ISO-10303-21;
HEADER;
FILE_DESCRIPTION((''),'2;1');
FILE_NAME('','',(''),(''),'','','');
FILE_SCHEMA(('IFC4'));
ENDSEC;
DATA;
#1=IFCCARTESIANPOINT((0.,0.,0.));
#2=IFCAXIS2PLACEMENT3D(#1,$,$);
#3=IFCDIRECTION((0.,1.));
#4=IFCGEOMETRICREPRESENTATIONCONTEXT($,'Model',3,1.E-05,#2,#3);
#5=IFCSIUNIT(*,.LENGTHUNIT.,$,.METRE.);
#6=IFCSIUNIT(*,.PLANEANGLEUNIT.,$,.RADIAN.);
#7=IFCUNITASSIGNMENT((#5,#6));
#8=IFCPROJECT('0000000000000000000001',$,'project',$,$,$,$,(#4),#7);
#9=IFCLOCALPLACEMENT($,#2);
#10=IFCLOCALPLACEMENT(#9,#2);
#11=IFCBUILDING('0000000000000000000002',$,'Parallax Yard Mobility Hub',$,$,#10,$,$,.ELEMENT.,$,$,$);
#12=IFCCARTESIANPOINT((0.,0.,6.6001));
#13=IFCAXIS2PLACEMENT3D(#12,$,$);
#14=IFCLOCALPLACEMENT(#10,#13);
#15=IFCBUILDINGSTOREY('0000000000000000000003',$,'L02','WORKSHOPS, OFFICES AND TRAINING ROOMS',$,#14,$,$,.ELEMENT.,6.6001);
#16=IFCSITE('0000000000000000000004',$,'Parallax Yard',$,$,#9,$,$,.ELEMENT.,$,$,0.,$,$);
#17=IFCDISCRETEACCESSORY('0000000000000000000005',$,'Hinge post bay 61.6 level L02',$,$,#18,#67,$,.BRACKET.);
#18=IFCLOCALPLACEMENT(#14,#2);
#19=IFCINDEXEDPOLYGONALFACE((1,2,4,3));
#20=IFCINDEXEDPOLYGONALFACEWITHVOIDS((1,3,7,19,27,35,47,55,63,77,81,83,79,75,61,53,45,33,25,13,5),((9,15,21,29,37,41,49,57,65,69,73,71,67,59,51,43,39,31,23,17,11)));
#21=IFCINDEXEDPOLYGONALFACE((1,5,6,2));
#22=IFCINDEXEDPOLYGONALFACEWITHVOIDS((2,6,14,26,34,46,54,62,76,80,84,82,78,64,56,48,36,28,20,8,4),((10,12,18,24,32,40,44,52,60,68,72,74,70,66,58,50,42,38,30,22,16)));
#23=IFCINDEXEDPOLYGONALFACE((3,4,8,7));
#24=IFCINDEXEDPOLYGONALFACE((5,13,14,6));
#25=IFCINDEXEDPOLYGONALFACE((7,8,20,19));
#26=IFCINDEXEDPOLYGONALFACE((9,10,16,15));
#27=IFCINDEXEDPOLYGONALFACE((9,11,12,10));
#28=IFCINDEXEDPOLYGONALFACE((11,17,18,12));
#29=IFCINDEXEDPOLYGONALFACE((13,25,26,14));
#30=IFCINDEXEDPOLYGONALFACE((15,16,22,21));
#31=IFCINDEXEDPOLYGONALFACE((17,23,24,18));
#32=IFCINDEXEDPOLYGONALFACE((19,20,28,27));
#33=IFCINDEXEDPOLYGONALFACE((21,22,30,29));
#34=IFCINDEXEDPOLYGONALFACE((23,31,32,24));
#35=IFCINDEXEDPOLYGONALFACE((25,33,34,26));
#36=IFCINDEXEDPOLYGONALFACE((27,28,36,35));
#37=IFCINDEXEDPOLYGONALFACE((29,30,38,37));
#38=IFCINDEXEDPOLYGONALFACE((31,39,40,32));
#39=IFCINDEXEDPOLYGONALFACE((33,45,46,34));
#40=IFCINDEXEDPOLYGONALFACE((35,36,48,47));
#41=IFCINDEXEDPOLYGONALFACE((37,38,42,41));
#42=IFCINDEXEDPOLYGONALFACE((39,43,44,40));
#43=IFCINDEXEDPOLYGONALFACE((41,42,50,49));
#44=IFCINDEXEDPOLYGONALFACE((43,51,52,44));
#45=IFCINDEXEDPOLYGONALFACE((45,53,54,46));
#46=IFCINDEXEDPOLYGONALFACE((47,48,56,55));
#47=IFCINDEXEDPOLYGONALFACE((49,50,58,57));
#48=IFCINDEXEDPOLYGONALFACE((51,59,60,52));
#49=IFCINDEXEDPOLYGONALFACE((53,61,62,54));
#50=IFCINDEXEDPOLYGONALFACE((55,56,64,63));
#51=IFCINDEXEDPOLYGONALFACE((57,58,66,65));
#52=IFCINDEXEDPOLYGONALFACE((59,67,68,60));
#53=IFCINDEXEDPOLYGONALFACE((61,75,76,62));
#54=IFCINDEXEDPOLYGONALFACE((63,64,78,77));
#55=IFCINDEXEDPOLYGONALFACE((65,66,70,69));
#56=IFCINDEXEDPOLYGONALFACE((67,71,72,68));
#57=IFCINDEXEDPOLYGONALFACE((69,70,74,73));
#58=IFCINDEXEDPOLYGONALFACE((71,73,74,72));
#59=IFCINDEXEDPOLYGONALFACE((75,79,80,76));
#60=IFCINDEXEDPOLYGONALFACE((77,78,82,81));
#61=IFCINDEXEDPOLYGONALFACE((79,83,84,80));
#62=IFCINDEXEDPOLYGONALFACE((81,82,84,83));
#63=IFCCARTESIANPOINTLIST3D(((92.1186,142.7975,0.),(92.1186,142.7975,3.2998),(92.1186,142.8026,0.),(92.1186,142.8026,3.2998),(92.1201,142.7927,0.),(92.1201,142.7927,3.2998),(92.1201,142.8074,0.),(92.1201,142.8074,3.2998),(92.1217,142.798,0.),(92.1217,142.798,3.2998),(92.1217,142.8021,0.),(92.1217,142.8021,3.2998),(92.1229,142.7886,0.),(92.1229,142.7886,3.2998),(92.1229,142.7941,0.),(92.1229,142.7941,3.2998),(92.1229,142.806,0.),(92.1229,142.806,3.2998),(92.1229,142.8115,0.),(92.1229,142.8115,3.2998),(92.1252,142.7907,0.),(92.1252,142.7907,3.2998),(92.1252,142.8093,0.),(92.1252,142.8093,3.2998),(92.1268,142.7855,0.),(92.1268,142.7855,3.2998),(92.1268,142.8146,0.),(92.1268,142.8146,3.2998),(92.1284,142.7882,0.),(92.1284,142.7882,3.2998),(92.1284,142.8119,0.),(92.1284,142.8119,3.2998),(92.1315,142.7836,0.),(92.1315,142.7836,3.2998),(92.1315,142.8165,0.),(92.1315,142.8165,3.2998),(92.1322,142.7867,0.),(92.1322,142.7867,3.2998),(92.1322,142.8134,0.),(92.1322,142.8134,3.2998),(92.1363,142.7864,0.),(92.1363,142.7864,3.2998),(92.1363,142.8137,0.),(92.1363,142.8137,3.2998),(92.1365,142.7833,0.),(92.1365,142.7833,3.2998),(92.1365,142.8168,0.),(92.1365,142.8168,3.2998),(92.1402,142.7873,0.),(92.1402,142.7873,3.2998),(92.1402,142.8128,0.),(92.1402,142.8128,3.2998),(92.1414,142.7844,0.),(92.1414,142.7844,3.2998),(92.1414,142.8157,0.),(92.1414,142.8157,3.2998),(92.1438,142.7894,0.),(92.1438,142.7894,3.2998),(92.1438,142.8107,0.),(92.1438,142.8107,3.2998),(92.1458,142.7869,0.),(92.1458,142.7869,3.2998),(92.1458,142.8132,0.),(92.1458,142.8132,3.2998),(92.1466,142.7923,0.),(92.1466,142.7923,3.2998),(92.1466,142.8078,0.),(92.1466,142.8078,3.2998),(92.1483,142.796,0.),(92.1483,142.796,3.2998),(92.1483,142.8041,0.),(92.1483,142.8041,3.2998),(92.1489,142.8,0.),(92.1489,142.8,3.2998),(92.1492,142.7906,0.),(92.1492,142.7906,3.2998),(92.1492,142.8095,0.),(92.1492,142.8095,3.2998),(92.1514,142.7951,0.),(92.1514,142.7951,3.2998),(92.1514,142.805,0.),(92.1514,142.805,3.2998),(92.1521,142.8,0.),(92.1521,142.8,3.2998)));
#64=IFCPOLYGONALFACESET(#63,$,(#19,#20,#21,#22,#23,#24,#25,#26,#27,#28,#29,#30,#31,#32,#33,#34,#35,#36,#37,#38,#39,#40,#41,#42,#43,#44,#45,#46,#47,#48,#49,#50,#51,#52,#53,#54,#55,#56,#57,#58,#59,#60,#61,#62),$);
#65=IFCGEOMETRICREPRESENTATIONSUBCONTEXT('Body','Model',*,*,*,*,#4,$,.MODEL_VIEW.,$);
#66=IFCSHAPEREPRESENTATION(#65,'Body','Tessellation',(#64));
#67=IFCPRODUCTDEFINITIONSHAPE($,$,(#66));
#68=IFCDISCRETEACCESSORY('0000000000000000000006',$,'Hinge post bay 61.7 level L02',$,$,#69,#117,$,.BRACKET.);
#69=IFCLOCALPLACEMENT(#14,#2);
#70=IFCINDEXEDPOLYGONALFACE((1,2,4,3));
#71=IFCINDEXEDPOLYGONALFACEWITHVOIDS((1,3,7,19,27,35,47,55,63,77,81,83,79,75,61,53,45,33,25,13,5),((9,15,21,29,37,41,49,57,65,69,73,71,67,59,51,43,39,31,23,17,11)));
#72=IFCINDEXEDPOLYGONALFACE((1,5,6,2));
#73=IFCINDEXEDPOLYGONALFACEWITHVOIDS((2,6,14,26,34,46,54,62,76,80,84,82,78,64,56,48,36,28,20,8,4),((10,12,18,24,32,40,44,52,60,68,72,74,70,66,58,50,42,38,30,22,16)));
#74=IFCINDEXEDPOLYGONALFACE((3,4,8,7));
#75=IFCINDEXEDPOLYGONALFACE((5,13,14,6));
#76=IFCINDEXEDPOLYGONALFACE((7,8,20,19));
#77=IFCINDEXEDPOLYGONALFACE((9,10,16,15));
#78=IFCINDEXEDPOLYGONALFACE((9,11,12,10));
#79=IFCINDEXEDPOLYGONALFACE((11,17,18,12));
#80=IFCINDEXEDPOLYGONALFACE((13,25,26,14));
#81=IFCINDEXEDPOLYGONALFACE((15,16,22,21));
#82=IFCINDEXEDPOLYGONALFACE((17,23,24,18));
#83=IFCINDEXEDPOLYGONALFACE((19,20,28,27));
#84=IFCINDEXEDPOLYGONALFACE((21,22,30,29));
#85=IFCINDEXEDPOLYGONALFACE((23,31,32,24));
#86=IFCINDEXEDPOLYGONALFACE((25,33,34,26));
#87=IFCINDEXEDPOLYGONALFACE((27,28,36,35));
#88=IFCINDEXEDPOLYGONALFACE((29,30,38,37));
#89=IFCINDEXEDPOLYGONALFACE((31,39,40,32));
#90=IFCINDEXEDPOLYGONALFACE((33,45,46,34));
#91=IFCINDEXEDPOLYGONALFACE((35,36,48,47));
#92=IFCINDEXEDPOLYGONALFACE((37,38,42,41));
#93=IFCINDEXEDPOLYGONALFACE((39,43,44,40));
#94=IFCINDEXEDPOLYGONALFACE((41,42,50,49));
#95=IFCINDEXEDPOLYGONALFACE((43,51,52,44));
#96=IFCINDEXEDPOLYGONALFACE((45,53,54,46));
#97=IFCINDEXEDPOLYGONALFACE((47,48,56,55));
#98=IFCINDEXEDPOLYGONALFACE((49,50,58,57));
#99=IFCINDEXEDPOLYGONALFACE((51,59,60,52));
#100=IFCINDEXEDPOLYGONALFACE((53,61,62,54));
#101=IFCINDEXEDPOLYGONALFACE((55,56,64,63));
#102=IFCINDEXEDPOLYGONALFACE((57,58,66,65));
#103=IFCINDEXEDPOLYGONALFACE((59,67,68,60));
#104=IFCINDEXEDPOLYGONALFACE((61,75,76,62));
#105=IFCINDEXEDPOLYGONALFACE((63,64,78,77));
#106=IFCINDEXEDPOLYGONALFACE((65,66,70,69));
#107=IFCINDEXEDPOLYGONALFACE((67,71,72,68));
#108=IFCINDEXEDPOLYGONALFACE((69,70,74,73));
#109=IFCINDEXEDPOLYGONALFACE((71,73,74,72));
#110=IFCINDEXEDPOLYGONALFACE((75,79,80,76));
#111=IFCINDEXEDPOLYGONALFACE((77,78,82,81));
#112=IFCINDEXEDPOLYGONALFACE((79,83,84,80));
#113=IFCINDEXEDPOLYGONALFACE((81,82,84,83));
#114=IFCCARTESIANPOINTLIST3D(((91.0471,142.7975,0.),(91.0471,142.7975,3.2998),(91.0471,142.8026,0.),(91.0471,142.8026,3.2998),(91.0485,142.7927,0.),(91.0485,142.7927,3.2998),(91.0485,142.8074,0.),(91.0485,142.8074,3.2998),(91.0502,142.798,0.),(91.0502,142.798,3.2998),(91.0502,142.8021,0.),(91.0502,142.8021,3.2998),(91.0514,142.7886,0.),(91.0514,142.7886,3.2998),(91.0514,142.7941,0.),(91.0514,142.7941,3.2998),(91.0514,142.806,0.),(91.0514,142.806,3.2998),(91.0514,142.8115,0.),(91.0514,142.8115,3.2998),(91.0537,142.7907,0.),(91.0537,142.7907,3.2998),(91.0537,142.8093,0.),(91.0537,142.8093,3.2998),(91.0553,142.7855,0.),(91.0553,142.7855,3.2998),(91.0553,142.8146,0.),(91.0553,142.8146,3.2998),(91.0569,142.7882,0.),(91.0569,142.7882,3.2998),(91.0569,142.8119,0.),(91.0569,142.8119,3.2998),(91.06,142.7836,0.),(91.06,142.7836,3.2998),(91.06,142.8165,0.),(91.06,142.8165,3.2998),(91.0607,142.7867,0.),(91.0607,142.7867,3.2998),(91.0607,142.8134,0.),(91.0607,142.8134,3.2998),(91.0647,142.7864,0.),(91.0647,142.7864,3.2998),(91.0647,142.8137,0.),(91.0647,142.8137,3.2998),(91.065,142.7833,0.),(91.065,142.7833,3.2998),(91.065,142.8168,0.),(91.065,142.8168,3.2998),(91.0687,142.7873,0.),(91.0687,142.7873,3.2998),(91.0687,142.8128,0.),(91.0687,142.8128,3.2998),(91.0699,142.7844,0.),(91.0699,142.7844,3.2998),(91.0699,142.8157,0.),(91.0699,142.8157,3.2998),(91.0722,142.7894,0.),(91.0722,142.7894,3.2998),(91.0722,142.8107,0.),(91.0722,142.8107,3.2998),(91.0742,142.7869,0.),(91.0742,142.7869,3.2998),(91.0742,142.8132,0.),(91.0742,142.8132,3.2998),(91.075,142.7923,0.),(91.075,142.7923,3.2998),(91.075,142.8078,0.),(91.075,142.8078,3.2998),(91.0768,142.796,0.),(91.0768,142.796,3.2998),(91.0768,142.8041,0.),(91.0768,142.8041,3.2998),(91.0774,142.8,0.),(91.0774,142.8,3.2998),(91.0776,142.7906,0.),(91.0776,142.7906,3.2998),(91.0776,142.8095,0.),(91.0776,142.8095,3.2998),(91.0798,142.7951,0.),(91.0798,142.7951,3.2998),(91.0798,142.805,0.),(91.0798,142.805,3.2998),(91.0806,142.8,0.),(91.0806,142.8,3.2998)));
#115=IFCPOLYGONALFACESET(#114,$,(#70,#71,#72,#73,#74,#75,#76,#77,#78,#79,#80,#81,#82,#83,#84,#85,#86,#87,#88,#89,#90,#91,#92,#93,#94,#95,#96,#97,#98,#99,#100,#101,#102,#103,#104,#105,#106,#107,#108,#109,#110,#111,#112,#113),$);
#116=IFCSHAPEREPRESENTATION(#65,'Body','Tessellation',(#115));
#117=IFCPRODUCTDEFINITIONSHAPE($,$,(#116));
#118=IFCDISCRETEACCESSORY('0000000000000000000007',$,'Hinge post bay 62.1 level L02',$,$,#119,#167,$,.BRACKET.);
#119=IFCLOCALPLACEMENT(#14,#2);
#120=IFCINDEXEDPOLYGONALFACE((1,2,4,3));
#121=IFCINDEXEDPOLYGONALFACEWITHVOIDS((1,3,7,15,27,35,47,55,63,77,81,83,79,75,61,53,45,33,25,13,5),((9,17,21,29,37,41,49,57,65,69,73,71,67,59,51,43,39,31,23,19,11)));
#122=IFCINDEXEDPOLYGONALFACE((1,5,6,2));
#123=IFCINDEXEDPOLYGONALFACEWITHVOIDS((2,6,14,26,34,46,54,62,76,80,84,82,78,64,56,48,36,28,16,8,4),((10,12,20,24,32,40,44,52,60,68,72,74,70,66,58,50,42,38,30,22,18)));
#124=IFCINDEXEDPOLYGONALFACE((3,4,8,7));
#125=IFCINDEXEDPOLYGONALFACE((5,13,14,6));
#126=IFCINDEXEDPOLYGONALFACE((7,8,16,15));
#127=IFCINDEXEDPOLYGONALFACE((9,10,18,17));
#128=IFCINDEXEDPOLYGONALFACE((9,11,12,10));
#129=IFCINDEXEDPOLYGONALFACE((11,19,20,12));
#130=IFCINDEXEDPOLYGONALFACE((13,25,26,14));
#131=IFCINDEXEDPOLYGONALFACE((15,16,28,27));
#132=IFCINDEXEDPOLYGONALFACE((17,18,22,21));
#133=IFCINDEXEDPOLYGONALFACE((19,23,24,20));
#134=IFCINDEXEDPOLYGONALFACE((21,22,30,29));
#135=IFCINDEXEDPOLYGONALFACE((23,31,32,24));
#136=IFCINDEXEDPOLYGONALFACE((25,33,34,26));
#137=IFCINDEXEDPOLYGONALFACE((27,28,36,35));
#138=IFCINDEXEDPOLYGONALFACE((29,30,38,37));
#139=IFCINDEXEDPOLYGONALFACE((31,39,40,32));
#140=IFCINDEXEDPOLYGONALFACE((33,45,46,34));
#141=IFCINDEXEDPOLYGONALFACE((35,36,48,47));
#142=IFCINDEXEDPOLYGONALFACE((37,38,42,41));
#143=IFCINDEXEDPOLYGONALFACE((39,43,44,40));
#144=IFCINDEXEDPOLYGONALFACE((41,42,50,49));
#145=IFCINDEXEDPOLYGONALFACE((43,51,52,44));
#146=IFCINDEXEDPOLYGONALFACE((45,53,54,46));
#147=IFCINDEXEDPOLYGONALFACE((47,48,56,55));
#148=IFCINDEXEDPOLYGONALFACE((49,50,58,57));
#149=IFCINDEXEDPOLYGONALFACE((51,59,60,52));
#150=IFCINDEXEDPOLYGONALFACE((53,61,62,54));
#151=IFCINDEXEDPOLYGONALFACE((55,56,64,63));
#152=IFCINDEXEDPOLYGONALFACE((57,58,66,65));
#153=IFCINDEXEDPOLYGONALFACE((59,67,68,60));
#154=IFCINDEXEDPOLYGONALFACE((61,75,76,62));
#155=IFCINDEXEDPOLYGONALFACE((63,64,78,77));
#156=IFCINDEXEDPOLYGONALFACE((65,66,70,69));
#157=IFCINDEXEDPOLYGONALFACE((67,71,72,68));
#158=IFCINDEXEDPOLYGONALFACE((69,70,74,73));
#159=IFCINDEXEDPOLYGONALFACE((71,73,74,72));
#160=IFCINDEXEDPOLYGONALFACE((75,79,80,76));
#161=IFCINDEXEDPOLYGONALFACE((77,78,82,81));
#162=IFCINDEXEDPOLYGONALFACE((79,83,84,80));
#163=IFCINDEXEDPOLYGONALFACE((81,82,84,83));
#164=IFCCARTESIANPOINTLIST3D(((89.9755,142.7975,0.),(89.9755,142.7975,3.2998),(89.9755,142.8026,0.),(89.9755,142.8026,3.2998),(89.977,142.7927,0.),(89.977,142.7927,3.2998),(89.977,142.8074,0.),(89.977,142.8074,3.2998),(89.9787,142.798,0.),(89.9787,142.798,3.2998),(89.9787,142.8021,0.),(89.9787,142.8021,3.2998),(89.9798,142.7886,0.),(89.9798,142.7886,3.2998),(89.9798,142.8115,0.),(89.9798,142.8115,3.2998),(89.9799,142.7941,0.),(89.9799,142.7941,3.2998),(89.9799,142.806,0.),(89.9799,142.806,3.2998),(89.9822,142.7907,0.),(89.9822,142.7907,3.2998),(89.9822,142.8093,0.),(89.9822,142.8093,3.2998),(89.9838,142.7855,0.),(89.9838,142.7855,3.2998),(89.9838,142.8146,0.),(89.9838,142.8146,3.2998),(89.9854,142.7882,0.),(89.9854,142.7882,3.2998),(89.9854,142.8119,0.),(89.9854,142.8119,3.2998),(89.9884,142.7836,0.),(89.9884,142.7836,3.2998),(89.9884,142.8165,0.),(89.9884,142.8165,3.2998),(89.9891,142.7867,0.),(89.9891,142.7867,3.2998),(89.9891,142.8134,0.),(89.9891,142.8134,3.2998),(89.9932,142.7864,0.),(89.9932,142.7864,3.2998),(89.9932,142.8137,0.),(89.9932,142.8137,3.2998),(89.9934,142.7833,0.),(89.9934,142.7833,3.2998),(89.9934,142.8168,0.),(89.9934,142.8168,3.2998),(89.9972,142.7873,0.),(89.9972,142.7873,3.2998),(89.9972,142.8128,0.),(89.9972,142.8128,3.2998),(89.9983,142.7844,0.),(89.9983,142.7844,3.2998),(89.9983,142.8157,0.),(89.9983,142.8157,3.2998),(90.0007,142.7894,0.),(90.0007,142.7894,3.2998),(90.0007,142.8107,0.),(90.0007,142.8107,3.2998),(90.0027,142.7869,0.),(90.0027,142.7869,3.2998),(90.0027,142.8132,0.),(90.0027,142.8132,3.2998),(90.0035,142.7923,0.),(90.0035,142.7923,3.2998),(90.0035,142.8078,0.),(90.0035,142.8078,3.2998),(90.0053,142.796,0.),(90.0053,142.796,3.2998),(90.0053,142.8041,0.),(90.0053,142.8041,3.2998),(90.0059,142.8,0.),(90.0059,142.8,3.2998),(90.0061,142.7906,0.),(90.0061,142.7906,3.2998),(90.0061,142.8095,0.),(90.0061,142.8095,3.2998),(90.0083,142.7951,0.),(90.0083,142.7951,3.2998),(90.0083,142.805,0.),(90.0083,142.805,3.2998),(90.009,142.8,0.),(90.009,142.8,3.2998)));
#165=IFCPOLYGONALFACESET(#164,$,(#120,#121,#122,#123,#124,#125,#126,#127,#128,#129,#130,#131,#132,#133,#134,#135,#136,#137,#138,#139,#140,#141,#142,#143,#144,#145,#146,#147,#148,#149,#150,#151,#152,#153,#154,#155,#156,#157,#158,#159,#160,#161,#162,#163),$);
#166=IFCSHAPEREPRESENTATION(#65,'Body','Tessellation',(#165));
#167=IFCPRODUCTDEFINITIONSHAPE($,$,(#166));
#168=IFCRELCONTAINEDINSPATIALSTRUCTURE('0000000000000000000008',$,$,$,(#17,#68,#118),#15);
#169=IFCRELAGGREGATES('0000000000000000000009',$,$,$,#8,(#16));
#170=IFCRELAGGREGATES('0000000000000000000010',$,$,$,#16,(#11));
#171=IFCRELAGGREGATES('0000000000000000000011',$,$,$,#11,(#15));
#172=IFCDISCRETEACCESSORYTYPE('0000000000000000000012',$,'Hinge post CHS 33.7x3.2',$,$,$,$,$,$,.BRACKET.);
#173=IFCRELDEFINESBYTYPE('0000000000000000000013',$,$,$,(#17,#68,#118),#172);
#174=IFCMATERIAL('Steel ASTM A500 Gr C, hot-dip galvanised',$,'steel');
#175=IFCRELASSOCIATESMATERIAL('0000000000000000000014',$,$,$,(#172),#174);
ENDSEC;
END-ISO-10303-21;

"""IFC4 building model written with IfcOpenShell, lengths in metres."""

from ifc_helpers import new_model, si_unit, direction, frame, origin, origin_2d, place, context, subcontext, project, spatial, hollow_circle, extrude, material, material_profile, profile_set, type_object, element, save


model = new_model("IFC4")

# Units and contexts
model_context = context("Model", 3, precision=1e-05, world=origin(), true_north=direction((0.0, 1.0)))
body_context = subcontext(model_context, "Body", "Model", "MODEL_VIEW")
ifc_project = project(units=[si_unit("LENGTHUNIT", "METRE"), si_unit("PLANEANGLEUNIT", "RADIAN")], contexts=[model_context])

# Site, building, storey
site_placement = place(None, origin())
site = spatial("IfcSite", under=ifc_project, at=site_placement, Name="Parallax Yard", CompositionType="ELEMENT", RefElevation=0.0)
building_placement = place(site_placement, origin())
building = spatial("IfcBuilding", under=site, at=building_placement, Name="Parallax Yard Mobility Hub", CompositionType="ELEMENT")
storey_placement = place(building_placement, frame((0.0, 0.0, 6.6001)))
storey = spatial("IfcBuildingStorey", under=building, at=storey_placement, Name="L02", Description="WORKSHOPS, OFFICES AND TRAINING ROOMS", CompositionType="ELEMENT", Elevation=6.6001)

# Discrete accessories
ifc_material_1 = material(Name="Steel ASTM A500 Gr C, hot-dip galvanised", Category="steel")
ifc_material_profile = material_profile(ifc_material_1, hollow_circle(Radius=0.0168, WallThickness=0.0032, at=origin_2d()), Name="CHS 33.7x3.2")
ifc_profile_set = profile_set([ifc_material_profile], Name="Steel ASTM A500 Gr C, hot-dip galvanised")
discrete_accessory_type_1 = type_object("IfcDiscreteAccessoryType", Name="Hinge post CHS 33.7x3.2", PredefinedType="BRACKET", material=ifc_profile_set)
for number, where, z_axis, x_axis, name in (
    (1, (92.1353, 142.8, 0.0), (0.0, 0.0, 1.0), (1.0, 0.0, 0.0), "Hinge post bay 61.6 level L02"),
    (2, (91.0637, 142.8, 0.0), (0.0, 0.0, 1.0), (1.0, 0.0, 0.0), "Hinge post bay 61.7 level L02"),
    (3, (89.9922, 142.8, 0.0), (0.0, 0.0, 1.0), (1.0, 0.0, 0.0), "Hinge post bay 62.1 level L02"),
):
    element("IfcDiscreteAccessory", number, at=place(storey_placement, frame(where, z_axis=z_axis, x_axis=x_axis)), inside=storey, type_object=discrete_accessory_type_1, Name=name, PredefinedType="BRACKET", context=body_context, shape_type="SweptSolid", body=[
        extrude(hollow_circle(Radius=0.0168, WallThickness=0.0032, at=origin_2d()), origin(), (0.0, 0.0, 1.0), 3.2998),
    ])

save(model, "model.ifc")
